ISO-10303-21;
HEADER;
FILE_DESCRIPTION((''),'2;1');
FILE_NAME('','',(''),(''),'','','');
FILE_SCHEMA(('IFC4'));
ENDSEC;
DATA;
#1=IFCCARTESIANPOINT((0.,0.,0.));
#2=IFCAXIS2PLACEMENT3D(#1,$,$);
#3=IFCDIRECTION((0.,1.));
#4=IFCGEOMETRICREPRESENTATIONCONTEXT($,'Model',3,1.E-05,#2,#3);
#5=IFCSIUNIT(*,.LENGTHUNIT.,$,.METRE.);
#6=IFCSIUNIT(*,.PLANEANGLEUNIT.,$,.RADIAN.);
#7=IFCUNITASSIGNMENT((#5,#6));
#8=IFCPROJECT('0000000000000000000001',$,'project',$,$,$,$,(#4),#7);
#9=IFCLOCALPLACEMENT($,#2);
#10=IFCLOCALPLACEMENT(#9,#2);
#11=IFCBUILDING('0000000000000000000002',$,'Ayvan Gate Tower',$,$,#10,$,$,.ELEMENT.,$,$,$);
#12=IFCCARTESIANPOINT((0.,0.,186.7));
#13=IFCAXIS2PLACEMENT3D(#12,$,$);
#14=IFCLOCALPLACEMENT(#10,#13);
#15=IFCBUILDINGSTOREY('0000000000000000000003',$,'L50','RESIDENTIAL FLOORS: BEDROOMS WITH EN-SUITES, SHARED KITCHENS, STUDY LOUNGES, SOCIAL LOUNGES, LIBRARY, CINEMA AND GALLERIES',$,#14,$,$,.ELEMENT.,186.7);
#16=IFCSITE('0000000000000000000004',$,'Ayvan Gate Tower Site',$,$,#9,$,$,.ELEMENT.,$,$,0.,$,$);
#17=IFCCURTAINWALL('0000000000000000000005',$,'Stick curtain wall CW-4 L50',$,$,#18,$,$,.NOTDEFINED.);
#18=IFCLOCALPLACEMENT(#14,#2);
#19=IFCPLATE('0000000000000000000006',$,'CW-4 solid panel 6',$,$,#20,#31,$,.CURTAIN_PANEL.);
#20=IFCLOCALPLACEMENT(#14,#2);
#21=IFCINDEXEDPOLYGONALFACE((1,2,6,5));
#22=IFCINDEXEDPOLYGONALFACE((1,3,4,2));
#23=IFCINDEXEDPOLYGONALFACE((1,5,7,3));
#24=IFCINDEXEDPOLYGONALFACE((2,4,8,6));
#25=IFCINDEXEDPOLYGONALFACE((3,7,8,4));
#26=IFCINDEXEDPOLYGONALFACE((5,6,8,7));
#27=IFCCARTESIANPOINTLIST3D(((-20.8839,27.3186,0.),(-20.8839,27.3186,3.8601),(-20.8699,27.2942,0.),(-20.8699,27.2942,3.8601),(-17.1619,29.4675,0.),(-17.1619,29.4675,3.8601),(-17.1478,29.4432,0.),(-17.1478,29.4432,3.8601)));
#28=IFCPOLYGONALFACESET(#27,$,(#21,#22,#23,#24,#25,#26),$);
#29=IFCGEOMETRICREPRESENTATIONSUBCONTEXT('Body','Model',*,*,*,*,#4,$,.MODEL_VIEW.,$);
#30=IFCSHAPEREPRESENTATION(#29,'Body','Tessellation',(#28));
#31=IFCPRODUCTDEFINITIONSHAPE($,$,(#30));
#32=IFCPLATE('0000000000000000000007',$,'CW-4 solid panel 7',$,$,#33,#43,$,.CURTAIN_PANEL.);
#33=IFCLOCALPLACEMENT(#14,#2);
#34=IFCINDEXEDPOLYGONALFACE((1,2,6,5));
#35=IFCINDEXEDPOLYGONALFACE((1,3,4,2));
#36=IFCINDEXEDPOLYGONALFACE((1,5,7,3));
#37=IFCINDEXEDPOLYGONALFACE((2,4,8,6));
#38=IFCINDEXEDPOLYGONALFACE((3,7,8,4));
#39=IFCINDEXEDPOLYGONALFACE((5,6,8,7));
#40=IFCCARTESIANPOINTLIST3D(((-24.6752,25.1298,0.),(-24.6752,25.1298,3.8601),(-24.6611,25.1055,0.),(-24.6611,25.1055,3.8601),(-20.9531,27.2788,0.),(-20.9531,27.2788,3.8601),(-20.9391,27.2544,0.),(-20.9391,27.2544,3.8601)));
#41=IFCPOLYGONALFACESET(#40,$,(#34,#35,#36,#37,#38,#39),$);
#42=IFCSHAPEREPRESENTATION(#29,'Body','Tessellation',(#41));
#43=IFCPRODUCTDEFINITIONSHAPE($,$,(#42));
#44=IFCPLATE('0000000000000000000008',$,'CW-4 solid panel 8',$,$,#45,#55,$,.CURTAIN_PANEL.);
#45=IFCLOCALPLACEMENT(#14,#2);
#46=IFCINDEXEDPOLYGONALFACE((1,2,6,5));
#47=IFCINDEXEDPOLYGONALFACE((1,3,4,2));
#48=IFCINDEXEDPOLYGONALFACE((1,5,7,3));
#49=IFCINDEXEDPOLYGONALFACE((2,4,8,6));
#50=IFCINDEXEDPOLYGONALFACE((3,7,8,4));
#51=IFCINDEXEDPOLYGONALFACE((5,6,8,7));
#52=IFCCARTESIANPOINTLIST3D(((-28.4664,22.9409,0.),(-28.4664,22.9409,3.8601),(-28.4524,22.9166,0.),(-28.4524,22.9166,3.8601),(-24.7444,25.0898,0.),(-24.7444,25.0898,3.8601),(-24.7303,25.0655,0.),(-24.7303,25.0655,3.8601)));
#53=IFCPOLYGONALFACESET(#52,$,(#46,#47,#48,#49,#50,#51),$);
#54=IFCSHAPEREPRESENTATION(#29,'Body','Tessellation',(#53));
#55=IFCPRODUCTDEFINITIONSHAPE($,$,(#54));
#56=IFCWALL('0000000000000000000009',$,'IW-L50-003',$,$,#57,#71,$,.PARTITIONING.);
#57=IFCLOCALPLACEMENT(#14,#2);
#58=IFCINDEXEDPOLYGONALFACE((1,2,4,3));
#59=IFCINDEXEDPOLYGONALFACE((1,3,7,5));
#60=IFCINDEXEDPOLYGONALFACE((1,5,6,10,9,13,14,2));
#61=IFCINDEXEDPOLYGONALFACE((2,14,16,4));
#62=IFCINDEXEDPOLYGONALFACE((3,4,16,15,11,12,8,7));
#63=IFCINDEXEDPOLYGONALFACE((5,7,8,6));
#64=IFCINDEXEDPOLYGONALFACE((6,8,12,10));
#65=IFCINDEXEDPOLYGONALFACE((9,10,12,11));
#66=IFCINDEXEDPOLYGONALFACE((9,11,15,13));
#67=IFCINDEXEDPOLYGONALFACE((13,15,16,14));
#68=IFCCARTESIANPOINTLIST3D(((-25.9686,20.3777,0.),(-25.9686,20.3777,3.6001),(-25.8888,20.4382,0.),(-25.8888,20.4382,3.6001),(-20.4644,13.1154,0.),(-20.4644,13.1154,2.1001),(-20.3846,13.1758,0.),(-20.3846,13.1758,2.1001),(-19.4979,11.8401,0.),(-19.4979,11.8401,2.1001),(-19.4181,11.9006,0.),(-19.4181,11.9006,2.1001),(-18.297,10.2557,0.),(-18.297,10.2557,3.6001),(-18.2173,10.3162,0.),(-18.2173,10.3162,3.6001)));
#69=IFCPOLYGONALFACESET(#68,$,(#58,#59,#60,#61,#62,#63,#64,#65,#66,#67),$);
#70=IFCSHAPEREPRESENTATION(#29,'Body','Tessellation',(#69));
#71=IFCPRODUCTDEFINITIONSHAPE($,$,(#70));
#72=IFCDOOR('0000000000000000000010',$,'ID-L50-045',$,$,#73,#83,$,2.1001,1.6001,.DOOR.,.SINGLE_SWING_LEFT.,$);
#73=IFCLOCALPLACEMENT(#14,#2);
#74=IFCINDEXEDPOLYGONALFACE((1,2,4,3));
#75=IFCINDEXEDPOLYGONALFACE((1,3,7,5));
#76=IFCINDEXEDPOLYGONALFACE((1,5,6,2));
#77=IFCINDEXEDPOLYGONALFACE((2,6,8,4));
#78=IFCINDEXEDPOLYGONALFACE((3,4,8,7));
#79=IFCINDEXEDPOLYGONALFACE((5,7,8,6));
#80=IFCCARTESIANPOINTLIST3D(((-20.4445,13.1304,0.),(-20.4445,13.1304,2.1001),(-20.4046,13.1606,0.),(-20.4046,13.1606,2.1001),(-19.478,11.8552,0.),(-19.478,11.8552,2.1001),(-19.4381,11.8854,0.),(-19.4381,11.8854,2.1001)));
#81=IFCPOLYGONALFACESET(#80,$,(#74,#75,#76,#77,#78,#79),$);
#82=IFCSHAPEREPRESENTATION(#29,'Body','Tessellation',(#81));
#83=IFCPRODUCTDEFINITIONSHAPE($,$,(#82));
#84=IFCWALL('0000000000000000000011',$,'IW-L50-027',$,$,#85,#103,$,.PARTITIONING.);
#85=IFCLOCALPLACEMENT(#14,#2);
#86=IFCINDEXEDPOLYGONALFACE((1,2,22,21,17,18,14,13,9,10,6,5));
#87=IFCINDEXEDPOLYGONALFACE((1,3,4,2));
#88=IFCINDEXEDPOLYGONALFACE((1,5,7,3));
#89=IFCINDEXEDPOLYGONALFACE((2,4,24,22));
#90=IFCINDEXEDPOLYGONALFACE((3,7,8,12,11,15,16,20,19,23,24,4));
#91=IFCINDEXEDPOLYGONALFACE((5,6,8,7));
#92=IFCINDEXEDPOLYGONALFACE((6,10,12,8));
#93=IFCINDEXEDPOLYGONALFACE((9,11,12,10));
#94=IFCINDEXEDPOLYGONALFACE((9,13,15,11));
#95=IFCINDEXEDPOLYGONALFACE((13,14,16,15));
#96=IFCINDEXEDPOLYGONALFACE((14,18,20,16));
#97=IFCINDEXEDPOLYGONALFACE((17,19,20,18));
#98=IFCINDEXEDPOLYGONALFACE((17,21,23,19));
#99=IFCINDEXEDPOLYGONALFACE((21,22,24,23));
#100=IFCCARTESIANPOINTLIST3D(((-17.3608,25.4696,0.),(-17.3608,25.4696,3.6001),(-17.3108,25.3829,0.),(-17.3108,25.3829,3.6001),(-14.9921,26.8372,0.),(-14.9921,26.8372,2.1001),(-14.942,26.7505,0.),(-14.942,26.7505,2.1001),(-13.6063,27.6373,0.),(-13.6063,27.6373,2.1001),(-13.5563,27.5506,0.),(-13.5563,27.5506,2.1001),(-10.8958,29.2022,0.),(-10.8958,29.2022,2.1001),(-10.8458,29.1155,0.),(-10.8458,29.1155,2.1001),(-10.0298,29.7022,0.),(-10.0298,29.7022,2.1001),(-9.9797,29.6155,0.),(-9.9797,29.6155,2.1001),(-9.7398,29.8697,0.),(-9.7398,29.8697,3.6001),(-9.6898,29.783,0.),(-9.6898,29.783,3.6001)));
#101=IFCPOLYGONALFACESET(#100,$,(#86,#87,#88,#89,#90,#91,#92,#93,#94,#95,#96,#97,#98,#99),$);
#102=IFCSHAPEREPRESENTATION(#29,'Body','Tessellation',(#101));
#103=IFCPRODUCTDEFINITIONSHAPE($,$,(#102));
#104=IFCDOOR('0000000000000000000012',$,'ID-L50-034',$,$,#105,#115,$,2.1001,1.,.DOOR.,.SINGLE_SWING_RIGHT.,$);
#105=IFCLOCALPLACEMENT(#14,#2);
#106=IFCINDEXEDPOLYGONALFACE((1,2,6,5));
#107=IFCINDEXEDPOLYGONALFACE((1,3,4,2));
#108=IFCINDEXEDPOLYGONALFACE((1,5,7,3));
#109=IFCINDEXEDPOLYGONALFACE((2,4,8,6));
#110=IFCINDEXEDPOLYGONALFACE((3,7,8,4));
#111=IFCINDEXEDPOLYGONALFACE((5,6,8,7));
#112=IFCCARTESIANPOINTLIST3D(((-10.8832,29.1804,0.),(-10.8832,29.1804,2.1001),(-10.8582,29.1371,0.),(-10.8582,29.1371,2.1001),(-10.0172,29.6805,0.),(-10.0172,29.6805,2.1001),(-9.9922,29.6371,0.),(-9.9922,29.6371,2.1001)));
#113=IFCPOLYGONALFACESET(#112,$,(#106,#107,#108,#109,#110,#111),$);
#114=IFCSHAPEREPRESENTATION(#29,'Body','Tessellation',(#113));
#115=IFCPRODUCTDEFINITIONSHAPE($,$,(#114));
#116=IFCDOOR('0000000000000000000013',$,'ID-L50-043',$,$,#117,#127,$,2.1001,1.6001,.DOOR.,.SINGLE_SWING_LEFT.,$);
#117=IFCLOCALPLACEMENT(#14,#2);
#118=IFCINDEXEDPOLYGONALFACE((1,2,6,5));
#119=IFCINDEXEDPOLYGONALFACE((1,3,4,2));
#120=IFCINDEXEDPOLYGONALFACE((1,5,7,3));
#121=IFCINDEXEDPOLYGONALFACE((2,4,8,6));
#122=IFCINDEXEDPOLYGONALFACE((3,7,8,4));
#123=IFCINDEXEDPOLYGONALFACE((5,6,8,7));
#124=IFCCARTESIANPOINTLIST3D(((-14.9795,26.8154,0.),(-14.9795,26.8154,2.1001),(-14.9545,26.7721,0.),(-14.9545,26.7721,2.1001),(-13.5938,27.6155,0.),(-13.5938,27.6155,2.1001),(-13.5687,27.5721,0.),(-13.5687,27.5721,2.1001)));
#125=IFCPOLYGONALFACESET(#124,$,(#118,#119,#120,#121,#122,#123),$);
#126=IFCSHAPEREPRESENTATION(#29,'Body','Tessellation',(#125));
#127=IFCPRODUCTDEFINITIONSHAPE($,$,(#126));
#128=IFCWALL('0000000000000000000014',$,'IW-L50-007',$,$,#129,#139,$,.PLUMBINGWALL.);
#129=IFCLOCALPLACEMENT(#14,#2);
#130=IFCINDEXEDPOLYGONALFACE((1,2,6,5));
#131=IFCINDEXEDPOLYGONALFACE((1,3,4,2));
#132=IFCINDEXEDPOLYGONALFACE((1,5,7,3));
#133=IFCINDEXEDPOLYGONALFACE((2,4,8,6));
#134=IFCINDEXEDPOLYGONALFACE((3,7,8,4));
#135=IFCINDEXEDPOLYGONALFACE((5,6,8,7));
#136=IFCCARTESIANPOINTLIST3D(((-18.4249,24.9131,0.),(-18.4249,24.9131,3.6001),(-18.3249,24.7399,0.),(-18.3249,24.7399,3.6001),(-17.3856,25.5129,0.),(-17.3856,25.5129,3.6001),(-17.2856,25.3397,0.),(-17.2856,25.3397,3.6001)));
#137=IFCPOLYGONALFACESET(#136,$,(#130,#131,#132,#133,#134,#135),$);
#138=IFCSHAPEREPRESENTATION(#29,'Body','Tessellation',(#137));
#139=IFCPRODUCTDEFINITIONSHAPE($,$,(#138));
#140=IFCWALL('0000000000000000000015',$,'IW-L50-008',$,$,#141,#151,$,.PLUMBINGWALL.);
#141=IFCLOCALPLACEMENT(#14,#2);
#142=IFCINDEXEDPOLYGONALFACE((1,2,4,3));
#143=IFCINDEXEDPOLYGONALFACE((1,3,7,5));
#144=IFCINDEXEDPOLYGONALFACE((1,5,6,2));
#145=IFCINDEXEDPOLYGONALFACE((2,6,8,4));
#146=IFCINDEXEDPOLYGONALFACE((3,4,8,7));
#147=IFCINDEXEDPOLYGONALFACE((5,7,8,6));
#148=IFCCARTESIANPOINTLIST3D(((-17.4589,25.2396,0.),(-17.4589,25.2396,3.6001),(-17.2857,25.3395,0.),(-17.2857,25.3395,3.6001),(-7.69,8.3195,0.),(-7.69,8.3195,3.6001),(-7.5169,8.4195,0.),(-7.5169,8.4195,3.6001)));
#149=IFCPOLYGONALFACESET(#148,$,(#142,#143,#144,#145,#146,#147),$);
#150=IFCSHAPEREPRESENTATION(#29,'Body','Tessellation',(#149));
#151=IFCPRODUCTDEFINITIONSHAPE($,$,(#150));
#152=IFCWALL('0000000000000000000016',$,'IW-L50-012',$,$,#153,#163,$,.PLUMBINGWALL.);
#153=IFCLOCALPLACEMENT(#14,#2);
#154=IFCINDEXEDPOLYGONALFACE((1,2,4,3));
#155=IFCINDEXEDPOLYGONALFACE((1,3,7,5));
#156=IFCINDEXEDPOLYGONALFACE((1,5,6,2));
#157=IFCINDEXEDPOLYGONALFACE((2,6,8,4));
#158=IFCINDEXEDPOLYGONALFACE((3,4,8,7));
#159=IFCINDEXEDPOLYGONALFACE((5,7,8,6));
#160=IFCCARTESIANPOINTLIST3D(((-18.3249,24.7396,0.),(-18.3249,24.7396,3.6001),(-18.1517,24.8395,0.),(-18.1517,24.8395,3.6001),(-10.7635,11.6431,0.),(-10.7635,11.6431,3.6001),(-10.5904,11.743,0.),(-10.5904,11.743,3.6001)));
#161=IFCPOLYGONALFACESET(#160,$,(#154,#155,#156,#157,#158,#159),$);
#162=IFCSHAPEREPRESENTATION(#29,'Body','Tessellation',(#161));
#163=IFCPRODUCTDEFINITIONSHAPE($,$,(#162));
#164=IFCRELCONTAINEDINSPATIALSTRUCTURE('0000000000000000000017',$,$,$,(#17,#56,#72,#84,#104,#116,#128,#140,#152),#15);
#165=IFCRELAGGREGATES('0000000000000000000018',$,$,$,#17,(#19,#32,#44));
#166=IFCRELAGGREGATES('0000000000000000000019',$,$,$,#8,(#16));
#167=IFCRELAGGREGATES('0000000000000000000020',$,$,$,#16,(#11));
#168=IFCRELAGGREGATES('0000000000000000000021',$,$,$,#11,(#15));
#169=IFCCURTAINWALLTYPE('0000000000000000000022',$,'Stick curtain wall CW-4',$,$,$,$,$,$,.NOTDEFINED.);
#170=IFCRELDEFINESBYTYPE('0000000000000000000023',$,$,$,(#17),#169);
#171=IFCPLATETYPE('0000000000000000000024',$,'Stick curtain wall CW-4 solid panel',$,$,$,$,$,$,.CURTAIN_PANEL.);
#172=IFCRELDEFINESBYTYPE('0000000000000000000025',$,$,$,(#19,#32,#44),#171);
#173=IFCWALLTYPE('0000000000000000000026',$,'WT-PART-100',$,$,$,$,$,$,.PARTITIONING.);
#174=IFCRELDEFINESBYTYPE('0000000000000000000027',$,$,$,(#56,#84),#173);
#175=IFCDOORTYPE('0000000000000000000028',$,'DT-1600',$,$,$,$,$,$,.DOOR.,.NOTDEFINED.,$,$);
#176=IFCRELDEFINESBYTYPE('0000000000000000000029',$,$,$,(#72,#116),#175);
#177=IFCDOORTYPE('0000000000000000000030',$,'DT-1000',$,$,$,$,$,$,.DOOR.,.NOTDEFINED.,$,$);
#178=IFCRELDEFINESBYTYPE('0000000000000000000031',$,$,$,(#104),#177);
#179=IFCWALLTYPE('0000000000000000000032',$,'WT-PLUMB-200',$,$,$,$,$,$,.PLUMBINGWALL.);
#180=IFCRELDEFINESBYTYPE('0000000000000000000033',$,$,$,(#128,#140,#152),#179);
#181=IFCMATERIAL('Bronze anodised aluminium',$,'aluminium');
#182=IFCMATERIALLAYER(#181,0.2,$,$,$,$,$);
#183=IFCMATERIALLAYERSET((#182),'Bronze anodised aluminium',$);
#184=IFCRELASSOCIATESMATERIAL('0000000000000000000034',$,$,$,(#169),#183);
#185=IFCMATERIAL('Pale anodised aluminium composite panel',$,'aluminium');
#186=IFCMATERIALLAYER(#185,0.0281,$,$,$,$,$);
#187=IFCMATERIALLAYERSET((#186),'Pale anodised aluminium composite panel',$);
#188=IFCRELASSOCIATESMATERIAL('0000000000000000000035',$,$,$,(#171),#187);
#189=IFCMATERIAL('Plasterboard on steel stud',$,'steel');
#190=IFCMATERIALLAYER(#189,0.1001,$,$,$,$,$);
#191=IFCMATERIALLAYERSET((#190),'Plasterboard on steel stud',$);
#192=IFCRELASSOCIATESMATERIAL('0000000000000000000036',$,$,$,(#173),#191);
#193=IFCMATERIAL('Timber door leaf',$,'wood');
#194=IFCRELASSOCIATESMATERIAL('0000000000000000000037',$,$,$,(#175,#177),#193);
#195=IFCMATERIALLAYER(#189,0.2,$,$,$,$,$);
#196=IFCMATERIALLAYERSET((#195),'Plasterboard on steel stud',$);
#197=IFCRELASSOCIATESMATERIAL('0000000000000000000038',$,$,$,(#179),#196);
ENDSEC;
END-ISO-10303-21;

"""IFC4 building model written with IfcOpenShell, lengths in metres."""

from ifc_helpers import new_model, si_unit, direction, frame, frame_2d, origin, origin_2d, place, context, subcontext, project, spatial, rectangle, extrude, material, layer, layer_set, type_object, element, fill, aggregate, save


model = new_model("IFC4")

# Units and contexts
model_context = context("Model", 3, precision=1e-05, world=origin(), true_north=direction((0.0, 1.0)))
body_context = subcontext(model_context, "Body", "Model", "MODEL_VIEW")
ifc_project = project(units=[si_unit("LENGTHUNIT", "METRE"), si_unit("PLANEANGLEUNIT", "RADIAN")], contexts=[model_context])

# Site, building, storey
site_placement = place(None, origin())
site = spatial("IfcSite", under=ifc_project, at=site_placement, Name="Ayvan Gate Tower Site", CompositionType="ELEMENT", RefElevation=0.0)
building_placement = place(site_placement, origin())
building = spatial("IfcBuilding", under=site, at=building_placement, Name="Ayvan Gate Tower", CompositionType="ELEMENT")
storey_placement = place(building_placement, frame((0.0, 0.0, 186.7)))
storey = spatial("IfcBuildingStorey", under=building, at=storey_placement, Name="L50", Description="RESIDENTIAL FLOORS: BEDROOMS WITH EN-SUITES, SHARED KITCHENS, STUDY LOUNGES, SOCIAL LOUNGES, LIBRARY, CINEMA AND GALLERIES", CompositionType="ELEMENT", Elevation=186.7)

# Curtain wall, plates
ifc_material_1 = material(Name="Bronze anodised aluminium", Category="aluminium")
ifc_layer_1 = layer(ifc_material_1, 0.2)
ifc_layer_set_1 = layer_set([ifc_layer_1], Name="Bronze anodised aluminium")
curtain_wall_type = type_object("IfcCurtainWallType", Name="Stick curtain wall CW-4", PredefinedType="NOTDEFINED", material=ifc_layer_set_1)
curtain_wall_placement = place(storey_placement, origin())
curtain_wall = element("IfcCurtainWall", 1, at=curtain_wall_placement, inside=storey, type_object=curtain_wall_type, Name="Stick curtain wall CW-4 L50", PredefinedType="NOTDEFINED")
ifc_material_2 = material(Name="Pale anodised aluminium composite panel", Category="aluminium")
ifc_layer_2 = layer(ifc_material_2, 0.0281)
ifc_layer_set_2 = layer_set([ifc_layer_2], Name="Pale anodised aluminium composite panel")
plate_type = type_object("IfcPlateType", Name="Stick curtain wall CW-4 solid panel", PredefinedType="CURTAIN_PANEL", material=ifc_layer_set_2)
plate_1_placement = place(storey_placement, frame((-19.0159, 28.3809, 0.0), z_axis=(0.0, 0.0, 1.0), x_axis=(-0.866025, -0.5, 0.0)))
plate_1 = element("IfcPlate", 2, at=plate_1_placement, type_object=plate_type, Name="CW-4 solid panel 6", PredefinedType="CURTAIN_PANEL", context=body_context, shape_type="SweptSolid", body=[
    extrude(rectangle(XDim=4.2979, YDim=0.0281, at=origin_2d()), origin(), (0.0, 0.0, 1.0), 3.8601),
])
plate_2_placement = place(storey_placement, frame((-22.8071, 26.1921, 0.0), z_axis=(0.0, 0.0, 1.0), x_axis=(-0.866025, -0.5, 0.0)))
plate_2 = element("IfcPlate", 3, at=plate_2_placement, type_object=plate_type, Name="CW-4 solid panel 7", PredefinedType="CURTAIN_PANEL", context=body_context, shape_type="SweptSolid", body=[
    extrude(rectangle(XDim=4.2979, YDim=0.0281, at=origin_2d()), origin(), (0.0, 0.0, 1.0), 3.8601),
])
plate_3_placement = place(storey_placement, frame((-26.5984, 24.0032, 0.0), z_axis=(0.0, 0.0, 1.0), x_axis=(-0.866025, -0.5, 0.0)))
plate_3 = element("IfcPlate", 4, at=plate_3_placement, type_object=plate_type, Name="CW-4 solid panel 8", PredefinedType="CURTAIN_PANEL", context=body_context, shape_type="SweptSolid", body=[
    extrude(rectangle(XDim=4.2979, YDim=0.0281, at=origin_2d()), origin(), (0.0, 0.0, 1.0), 3.8601),
])
aggregate(curtain_wall, [plate_1, plate_2, plate_3])

# Wall, opening, door
ifc_material_3 = material(Name="Plasterboard on steel stud", Category="steel")
ifc_layer_3 = layer(ifc_material_3, 0.1001)
ifc_layer_set_3 = layer_set([ifc_layer_3], Name="Plasterboard on steel stud")
wall_type_1 = type_object("IfcWallType", Name="WT-PART-100", PredefinedType="PARTITIONING", material=ifc_layer_set_3)
wall_1_placement = place(storey_placement, frame((-25.9287, 20.408, 0.0), z_axis=(0.0, 0.0, 1.0), x_axis=(0.604028, -0.796963, 0.0)))
wall_1 = element("IfcWall", 5, at=wall_1_placement, inside=storey, type_object=wall_type_1, Name="IW-L50-003", PredefinedType="PARTITIONING", context=body_context, shape_type="SweptSolid", body=[
    extrude(rectangle(XDim=12.7007, YDim=0.1001, at=frame_2d((6.3503, 0.0))), origin(), (0.0, 0.0, 1.0), 3.6001),
])
opening_1_placement = place(wall_1_placement, frame((9.1125, 0.0, 0.0)))
opening_1 = element("IfcOpeningElement", 6, at=opening_1_placement, cuts=wall_1, PredefinedType="OPENING", context=body_context, shape_type="SweptSolid", body=[
    extrude(rectangle(XDim=1.6001, YDim=2.1001, at=frame_2d((0.8, 1.05))), frame((0.0, 0.0601, 0.0), z_axis=(0.0, -1.0, 0.0), x_axis=(1.0, 0.0, 0.0)), (0.0, 0.0, 1.0), 0.1201),
])
ifc_material_4 = material(Name="Timber door leaf", Category="wood")
door_type_1 = type_object("IfcDoorType", Name="DT-1600", OperationType="NOTDEFINED", PredefinedType="DOOR", material=ifc_material_4)
door_1_placement = place(opening_1_placement, origin())
door_1 = element("IfcDoor", 7, at=door_1_placement, inside=storey, type_object=door_type_1, Name="ID-L50-045", OperationType="SINGLE_SWING_LEFT", OverallHeight=2.1001, OverallWidth=1.6001, PredefinedType="DOOR", context=body_context, shape_type="SweptSolid", body=[
    extrude(rectangle(XDim=1.6001, YDim=2.1001, at=frame_2d((0.8, 1.05))), frame((0.0, 0.0249, 0.0), z_axis=(0.0, -1.0, 0.0), x_axis=(1.0, 0.0, 0.0)), (0.0, 0.0, 1.0), 0.05),
])
fill(opening_1, door_1)

# Wall, openings, doors
wall_2_placement = place(storey_placement, frame((-17.3357, 25.4263, 0.0), z_axis=(0.0, 0.0, 1.0), x_axis=(0.86602, 0.500009, 0.0)))
wall_2 = element("IfcWall", 8, at=wall_2_placement, inside=storey, type_object=wall_type_1, Name="IW-L50-027", PredefinedType="PARTITIONING", context=body_context, shape_type="SweptSolid", body=[
    extrude(rectangle(XDim=8.8, YDim=0.1001, at=frame_2d((4.3999, 0.0))), origin(), (0.0, 0.0, 1.0), 3.6001),
])
opening_2_placement = place(wall_2_placement, frame((7.4651, 0.0, 0.0)))
opening_2 = element("IfcOpeningElement", 9, at=opening_2_placement, cuts=wall_2, PredefinedType="OPENING", context=body_context, shape_type="SweptSolid", body=[
    extrude(rectangle(XDim=1.0, YDim=2.1001, at=frame_2d((0.5, 1.05))), frame((0.0, 0.0601, 0.0), z_axis=(0.0, -1.0, 0.0), x_axis=(1.0, 0.0, 0.0)), (0.0, 0.0, 1.0), 0.1201),
])
opening_3_placement = place(wall_2_placement, frame((2.7351, 0.0, 0.0)))
opening_3 = element("IfcOpeningElement", 10, at=opening_3_placement, cuts=wall_2, PredefinedType="OPENING", context=body_context, shape_type="SweptSolid", body=[
    extrude(rectangle(XDim=1.6001, YDim=2.1001, at=frame_2d((0.8, 1.05))), frame((0.0, 0.0601, 0.0), z_axis=(0.0, -1.0, 0.0), x_axis=(1.0, 0.0, 0.0)), (0.0, 0.0, 1.0), 0.1201),
])
door_type_2 = type_object("IfcDoorType", Name="DT-1000", OperationType="NOTDEFINED", PredefinedType="DOOR", material=ifc_material_4)
door_2_placement = place(opening_2_placement, origin())
door_2 = element("IfcDoor", 11, at=door_2_placement, inside=storey, type_object=door_type_2, Name="ID-L50-034", OperationType="SINGLE_SWING_RIGHT", OverallHeight=2.1001, OverallWidth=1.0, PredefinedType="DOOR", context=body_context, shape_type="SweptSolid", body=[
    extrude(rectangle(XDim=1.0, YDim=2.1001, at=frame_2d((0.5, 1.05))), frame((0.0, 0.0249, 0.0), z_axis=(0.0, -1.0, 0.0), x_axis=(1.0, 0.0, 0.0)), (0.0, 0.0, 1.0), 0.05),
])
fill(opening_2, door_2)
door_3_placement = place(opening_3_placement, origin())
door_3 = element("IfcDoor", 12, at=door_3_placement, inside=storey, type_object=door_type_1, Name="ID-L50-043", OperationType="SINGLE_SWING_LEFT", OverallHeight=2.1001, OverallWidth=1.6001, PredefinedType="DOOR", context=body_context, shape_type="SweptSolid", body=[
    extrude(rectangle(XDim=1.6001, YDim=2.1001, at=frame_2d((0.8, 1.05))), frame((0.0, 0.0249, 0.0), z_axis=(0.0, -1.0, 0.0), x_axis=(1.0, 0.0, 0.0)), (0.0, 0.0, 1.0), 0.05),
])
fill(opening_3, door_3)

# Walls
ifc_layer_4 = layer(ifc_material_3, 0.2)
ifc_layer_set_4 = layer_set([ifc_layer_4], Name="Plasterboard on steel stud")
wall_type_2 = type_object("IfcWallType", Name="WT-PLUMB-200", PredefinedType="PLUMBINGWALL", material=ifc_layer_set_4)
wall_3_placement = place(storey_placement, frame((-18.375, 24.8264, 0.0), z_axis=(0.0, 0.0, 1.0), x_axis=(0.866094, 0.499881, 0.0)))
element("IfcWall", 13, at=wall_3_placement, inside=storey, type_object=wall_type_2, Name="IW-L50-007", PredefinedType="PLUMBINGWALL", context=body_context, shape_type="SweptSolid", body=[
    extrude(rectangle(XDim=1.2, YDim=0.2, at=frame_2d((0.6001, 0.0))), origin(), (0.0, 0.0, 1.0), 3.6001),
])
wall_4_placement = place(storey_placement, frame((-17.3723, 25.2896, 0.0), z_axis=(0.0, 0.0, 1.0), x_axis=(0.500003, -0.866024, 0.0)))
element("IfcWall", 14, at=wall_4_placement, inside=storey, type_object=wall_type_2, Name="IW-L50-008", PredefinedType="PLUMBINGWALL", context=body_context, shape_type="SweptSolid", body=[
    extrude(rectangle(XDim=19.5376, YDim=0.2, at=frame_2d((9.7688, 0.0))), origin(), (0.0, 0.0, 1.0), 3.6001),
])
wall_5_placement = place(storey_placement, frame((-18.2383, 24.7896, 0.0), z_axis=(0.0, 0.0, 1.0), x_axis=(0.500002, -0.866024, 0.0)))
element("IfcWall", 15, at=wall_5_placement, inside=storey, type_object=wall_type_2, Name="IW-L50-012", PredefinedType="PLUMBINGWALL", context=body_context, shape_type="SweptSolid", body=[
    extrude(rectangle(XDim=15.1226, YDim=0.2, at=frame_2d((7.5613, 0.0))), origin(), (0.0, 0.0, 1.0), 3.6001),
])

save(model, "model.ifc")
